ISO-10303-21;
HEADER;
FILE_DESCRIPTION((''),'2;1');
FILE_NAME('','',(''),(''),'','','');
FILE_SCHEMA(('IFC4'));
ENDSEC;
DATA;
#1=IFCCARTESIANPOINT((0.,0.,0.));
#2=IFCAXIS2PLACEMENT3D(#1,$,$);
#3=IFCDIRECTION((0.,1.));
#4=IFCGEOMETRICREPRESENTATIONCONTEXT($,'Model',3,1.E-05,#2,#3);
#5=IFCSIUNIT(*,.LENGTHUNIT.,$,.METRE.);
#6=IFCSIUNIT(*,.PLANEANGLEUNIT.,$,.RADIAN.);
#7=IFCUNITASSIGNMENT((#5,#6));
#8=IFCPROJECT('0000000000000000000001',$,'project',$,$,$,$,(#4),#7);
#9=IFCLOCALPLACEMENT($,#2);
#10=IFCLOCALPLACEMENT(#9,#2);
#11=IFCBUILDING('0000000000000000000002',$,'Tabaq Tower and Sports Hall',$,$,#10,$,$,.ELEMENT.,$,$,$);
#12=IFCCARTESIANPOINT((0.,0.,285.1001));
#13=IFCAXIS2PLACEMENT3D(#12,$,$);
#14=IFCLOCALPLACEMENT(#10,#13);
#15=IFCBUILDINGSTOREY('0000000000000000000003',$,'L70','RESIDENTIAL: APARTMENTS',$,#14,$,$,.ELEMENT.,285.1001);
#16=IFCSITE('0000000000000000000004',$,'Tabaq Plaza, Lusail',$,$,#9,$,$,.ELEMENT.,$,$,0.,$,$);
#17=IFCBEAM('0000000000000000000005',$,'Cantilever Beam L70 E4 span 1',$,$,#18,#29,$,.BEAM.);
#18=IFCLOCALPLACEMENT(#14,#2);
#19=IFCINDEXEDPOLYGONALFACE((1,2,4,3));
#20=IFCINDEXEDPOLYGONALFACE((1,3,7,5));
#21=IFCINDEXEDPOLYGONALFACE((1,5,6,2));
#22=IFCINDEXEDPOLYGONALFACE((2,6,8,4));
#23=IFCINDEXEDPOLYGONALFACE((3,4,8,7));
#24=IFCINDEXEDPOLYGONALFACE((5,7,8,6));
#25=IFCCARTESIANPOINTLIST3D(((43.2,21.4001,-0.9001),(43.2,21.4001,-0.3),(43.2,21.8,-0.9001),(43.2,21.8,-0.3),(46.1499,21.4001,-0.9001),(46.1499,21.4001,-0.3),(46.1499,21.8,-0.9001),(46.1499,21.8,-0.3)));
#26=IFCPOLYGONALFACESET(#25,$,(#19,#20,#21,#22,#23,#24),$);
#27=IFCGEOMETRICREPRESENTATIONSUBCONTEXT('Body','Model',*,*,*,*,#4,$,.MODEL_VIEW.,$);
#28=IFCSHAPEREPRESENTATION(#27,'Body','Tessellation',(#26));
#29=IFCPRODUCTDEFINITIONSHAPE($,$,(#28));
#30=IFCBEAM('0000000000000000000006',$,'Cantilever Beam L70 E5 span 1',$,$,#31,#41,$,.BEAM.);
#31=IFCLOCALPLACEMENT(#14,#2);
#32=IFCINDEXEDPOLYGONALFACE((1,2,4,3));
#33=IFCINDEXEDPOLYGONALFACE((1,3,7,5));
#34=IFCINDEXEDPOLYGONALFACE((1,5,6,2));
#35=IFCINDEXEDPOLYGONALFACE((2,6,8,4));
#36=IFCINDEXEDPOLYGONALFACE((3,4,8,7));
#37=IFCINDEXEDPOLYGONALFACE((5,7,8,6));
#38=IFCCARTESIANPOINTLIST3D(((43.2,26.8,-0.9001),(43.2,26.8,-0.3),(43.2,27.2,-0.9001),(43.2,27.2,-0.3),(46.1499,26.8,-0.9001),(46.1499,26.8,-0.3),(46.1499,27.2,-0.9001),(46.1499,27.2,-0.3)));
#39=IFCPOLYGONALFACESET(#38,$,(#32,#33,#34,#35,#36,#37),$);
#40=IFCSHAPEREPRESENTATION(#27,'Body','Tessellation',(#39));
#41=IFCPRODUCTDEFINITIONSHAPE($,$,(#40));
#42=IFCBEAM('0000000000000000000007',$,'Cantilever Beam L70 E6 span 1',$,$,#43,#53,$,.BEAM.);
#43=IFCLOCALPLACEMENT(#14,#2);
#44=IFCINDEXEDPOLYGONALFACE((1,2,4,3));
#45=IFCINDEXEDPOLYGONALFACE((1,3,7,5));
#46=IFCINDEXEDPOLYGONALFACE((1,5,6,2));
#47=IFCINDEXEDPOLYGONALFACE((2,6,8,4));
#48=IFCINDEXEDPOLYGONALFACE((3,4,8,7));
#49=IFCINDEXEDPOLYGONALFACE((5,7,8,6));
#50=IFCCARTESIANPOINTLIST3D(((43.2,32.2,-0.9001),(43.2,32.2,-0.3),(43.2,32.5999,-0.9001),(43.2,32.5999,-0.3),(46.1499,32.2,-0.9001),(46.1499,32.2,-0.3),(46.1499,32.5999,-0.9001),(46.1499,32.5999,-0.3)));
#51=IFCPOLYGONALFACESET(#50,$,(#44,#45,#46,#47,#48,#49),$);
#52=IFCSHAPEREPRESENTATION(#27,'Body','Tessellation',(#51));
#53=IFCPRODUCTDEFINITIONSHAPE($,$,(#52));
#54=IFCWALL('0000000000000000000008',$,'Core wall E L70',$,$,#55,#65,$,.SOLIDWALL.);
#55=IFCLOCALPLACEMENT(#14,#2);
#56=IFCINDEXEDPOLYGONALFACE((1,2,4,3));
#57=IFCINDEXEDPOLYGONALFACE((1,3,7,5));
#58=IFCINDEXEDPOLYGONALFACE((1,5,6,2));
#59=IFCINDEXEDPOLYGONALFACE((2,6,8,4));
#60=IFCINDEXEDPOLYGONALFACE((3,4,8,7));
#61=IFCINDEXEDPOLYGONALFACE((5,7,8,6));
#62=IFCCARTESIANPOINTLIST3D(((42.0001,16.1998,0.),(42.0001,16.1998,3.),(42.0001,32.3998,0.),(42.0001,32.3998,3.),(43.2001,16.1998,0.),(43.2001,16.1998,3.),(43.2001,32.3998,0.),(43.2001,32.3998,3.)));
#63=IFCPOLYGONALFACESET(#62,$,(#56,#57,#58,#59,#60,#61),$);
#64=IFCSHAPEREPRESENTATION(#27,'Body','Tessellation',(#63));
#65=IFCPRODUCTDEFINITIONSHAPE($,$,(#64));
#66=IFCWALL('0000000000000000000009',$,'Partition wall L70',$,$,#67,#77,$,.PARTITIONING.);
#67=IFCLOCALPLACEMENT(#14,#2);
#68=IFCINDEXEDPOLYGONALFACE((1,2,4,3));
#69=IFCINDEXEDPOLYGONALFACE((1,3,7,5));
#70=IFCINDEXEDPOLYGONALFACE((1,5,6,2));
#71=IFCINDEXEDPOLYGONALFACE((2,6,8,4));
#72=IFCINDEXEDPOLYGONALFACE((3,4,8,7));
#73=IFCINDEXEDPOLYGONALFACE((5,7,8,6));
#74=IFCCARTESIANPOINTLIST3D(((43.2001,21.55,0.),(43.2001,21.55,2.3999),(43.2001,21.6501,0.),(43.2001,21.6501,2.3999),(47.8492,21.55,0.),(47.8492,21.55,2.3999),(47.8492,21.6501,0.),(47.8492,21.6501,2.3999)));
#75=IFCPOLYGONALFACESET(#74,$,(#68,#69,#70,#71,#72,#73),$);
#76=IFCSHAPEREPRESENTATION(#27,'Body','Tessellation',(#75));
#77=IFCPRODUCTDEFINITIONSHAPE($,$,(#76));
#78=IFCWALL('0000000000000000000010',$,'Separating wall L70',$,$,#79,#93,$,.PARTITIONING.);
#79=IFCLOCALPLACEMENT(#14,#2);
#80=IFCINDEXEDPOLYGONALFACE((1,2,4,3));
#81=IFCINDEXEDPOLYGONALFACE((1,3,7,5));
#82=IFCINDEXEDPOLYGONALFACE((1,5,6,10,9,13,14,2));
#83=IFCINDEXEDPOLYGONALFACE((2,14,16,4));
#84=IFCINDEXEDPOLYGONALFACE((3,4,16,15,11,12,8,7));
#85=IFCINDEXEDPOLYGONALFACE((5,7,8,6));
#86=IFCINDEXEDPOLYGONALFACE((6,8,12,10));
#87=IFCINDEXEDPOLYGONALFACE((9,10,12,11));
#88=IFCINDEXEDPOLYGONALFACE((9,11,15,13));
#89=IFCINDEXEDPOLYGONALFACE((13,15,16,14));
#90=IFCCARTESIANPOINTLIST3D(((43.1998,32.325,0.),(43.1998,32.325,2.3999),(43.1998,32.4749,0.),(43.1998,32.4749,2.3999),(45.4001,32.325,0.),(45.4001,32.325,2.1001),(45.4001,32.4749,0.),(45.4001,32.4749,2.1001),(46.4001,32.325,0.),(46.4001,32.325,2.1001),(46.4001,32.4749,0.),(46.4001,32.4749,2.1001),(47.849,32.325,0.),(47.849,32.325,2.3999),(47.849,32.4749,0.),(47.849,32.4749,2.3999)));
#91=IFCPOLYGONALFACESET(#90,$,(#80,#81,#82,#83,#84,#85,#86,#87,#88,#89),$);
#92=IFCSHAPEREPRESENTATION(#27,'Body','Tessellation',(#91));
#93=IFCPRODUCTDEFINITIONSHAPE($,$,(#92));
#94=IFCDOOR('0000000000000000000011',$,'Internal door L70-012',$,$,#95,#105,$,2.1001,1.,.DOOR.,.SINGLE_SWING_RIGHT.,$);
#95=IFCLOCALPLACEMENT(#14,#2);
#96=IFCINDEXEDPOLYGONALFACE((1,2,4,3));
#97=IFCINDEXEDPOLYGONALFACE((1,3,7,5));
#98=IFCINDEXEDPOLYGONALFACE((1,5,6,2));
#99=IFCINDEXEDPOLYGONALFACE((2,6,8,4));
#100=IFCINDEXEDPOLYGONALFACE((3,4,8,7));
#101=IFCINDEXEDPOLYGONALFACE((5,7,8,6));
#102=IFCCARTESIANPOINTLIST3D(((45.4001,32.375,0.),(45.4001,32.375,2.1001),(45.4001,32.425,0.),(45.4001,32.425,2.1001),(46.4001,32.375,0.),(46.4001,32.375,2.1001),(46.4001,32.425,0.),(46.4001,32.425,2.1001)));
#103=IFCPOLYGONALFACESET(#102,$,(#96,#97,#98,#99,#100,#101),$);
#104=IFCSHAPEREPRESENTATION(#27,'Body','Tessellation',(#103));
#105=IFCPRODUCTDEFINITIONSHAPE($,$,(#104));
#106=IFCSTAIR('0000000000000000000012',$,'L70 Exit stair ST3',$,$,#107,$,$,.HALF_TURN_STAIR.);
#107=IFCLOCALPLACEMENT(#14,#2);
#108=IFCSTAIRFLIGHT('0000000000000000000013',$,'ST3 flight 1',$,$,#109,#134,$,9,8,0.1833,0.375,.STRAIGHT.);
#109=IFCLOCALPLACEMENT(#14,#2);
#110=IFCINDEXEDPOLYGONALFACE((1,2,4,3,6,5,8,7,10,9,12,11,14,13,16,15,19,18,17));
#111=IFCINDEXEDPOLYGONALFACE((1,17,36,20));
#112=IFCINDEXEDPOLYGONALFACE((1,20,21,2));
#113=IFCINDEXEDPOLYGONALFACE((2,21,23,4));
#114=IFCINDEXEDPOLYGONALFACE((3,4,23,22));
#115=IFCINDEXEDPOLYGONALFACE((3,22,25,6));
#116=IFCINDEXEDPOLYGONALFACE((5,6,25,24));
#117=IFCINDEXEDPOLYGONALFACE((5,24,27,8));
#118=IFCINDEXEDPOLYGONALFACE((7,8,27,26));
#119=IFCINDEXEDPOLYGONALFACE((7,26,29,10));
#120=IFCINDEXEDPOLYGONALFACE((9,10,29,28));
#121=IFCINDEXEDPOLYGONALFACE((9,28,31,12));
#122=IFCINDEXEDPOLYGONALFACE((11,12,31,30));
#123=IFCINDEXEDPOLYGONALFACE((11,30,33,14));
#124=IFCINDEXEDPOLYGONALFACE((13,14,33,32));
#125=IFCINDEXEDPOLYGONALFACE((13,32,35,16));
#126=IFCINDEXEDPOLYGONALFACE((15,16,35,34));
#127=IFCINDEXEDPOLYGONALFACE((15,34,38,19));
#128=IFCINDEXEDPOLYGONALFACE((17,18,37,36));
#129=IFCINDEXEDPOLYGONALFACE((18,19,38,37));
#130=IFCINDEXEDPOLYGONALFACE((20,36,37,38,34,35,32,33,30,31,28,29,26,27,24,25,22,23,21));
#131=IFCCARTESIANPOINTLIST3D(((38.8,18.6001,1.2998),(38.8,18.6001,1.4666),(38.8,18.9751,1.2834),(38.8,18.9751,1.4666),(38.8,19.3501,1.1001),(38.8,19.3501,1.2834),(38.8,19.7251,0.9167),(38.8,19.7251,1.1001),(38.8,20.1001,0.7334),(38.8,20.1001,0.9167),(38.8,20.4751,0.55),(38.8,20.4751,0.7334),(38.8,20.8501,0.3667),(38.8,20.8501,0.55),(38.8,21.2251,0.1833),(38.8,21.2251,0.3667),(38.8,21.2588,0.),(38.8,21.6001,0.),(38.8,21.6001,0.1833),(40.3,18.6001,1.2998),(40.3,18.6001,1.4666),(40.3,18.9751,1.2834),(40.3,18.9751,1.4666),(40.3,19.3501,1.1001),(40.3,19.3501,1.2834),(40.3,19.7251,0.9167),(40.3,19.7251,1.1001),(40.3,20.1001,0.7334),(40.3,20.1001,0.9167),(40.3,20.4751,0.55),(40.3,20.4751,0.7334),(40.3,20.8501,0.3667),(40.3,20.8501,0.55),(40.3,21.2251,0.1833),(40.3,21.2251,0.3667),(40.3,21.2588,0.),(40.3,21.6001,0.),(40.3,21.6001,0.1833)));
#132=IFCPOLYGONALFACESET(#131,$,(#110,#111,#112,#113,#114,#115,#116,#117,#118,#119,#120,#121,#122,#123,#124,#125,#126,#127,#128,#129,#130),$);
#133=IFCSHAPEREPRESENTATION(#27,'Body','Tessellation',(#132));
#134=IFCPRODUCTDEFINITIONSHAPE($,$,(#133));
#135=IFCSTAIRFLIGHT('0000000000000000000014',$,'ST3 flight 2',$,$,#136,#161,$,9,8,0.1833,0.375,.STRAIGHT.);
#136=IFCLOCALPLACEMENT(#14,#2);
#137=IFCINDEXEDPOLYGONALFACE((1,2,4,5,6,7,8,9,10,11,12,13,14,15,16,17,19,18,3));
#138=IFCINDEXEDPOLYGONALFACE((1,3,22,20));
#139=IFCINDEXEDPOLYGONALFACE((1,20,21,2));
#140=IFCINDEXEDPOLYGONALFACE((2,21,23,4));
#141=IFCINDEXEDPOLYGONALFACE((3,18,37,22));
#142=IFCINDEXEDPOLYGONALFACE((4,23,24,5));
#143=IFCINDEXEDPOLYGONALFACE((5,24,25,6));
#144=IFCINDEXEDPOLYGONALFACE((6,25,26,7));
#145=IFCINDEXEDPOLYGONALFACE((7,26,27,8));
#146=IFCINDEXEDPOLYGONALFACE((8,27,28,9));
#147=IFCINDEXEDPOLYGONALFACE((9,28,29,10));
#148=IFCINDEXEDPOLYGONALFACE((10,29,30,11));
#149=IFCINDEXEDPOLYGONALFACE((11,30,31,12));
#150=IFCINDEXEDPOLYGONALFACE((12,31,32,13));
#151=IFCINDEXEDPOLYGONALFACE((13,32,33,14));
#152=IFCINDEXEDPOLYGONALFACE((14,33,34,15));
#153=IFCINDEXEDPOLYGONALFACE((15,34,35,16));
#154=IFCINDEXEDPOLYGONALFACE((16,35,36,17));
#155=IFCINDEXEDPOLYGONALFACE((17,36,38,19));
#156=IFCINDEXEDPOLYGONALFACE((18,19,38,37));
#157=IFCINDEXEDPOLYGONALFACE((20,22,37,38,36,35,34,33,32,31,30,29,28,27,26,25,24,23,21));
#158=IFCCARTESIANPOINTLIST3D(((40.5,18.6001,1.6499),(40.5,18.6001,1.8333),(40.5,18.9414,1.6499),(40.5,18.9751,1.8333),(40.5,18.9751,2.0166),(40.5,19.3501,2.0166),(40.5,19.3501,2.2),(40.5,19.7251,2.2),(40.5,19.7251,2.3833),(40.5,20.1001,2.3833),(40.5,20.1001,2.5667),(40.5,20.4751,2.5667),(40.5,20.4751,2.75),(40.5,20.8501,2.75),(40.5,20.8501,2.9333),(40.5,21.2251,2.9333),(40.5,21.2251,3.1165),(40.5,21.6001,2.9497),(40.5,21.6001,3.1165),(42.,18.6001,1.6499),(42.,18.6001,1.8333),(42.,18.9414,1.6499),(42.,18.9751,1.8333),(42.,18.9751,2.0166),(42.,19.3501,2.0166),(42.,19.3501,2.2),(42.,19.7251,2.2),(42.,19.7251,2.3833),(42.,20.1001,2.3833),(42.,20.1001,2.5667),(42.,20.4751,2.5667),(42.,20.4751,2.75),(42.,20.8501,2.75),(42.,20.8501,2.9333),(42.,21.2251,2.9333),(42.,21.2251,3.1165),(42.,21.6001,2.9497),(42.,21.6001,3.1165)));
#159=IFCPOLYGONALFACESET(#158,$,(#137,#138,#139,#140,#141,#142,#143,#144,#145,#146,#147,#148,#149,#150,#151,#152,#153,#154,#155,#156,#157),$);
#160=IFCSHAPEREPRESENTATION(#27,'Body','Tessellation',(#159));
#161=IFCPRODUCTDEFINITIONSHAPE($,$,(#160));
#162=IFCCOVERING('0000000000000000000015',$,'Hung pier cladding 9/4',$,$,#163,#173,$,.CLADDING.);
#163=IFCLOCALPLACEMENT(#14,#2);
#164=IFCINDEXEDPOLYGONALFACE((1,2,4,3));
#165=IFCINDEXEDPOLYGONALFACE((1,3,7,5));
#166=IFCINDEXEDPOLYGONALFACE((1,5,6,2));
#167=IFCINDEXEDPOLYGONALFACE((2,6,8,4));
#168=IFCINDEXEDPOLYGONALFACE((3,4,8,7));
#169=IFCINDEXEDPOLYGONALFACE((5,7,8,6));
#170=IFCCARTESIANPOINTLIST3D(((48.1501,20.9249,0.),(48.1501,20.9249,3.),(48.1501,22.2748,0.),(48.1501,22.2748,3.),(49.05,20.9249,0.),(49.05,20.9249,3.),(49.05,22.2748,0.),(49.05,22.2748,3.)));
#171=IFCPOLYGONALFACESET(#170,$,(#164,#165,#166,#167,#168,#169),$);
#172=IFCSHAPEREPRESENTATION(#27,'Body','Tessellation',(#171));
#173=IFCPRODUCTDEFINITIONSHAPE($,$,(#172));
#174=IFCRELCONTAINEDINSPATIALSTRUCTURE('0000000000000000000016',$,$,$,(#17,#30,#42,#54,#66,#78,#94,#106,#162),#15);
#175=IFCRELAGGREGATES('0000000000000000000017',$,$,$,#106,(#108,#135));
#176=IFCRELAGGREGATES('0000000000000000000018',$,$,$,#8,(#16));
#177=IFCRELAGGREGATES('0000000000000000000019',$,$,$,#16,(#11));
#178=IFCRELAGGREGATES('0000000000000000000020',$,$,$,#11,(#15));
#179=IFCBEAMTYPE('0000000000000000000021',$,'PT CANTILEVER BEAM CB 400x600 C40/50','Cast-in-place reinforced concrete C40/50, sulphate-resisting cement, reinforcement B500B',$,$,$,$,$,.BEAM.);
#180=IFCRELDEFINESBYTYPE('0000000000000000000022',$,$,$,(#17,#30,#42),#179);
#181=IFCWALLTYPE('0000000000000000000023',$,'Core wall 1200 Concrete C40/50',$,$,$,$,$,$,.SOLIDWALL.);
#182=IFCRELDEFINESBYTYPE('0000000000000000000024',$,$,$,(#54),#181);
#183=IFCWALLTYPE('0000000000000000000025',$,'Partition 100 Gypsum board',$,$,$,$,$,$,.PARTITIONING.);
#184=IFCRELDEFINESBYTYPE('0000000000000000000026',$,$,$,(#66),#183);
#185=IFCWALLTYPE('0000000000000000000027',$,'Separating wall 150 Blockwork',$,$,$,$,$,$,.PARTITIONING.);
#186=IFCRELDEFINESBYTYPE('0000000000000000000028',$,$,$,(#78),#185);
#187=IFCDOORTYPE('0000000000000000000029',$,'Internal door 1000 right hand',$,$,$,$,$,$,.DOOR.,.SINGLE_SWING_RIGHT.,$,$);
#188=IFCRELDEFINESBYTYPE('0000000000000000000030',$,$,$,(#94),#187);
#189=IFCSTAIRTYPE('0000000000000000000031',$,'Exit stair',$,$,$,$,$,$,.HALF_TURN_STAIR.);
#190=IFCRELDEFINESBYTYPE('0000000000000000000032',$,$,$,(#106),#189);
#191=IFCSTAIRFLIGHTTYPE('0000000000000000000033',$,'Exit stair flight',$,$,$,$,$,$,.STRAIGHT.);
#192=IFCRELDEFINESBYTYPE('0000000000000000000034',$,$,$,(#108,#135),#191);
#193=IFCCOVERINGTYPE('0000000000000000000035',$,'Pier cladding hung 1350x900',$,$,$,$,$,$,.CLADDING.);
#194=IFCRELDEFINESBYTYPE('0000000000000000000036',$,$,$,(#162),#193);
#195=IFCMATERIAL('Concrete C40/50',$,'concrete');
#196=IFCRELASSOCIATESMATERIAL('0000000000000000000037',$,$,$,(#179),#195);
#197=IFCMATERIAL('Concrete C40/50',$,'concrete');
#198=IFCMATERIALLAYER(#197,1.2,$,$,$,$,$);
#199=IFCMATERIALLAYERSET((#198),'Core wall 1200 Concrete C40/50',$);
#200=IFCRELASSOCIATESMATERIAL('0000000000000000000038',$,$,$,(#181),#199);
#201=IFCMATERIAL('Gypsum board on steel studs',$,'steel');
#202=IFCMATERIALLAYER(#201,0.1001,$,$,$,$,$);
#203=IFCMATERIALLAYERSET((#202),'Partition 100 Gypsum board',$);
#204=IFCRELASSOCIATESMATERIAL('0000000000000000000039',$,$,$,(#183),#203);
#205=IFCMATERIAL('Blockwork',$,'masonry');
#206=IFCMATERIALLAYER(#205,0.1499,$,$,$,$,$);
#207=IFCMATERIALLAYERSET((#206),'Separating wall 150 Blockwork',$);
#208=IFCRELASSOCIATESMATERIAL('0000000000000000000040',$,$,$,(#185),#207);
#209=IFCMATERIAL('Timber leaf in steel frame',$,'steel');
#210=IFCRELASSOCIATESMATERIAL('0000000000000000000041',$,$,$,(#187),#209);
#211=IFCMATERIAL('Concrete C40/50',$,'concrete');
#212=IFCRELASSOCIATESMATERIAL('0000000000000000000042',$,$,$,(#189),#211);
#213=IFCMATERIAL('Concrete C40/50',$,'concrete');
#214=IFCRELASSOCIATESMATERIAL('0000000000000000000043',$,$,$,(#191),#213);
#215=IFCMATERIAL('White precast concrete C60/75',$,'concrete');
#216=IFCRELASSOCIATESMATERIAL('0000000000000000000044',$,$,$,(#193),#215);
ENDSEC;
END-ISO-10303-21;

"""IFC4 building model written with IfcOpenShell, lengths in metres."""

from ifc_helpers import new_model, si_unit, direction, frame, frame_2d, origin, origin_2d, place, context, subcontext, project, spatial, polyline, rectangle, outline, extrude, material, layer, layer_set, material_profile, profile_set, type_object, element, fill, aggregate, save


model = new_model("IFC4")

# Units and contexts
model_context = context("Model", 3, precision=1e-05, world=origin(), true_north=direction((0.0, 1.0)))
body_context = subcontext(model_context, "Body", "Model", "MODEL_VIEW")
ifc_project = project(units=[si_unit("LENGTHUNIT", "METRE"), si_unit("PLANEANGLEUNIT", "RADIAN")], contexts=[model_context])

# Site, building, storey
site_placement = place(None, origin())
site = spatial("IfcSite", under=ifc_project, at=site_placement, Name="Tabaq Plaza, Lusail", CompositionType="ELEMENT", RefElevation=0.0)
building_placement = place(site_placement, origin())
building = spatial("IfcBuilding", under=site, at=building_placement, Name="Tabaq Tower and Sports Hall", CompositionType="ELEMENT")
storey_placement = place(building_placement, frame((0.0, 0.0, 285.1001)))
storey = spatial("IfcBuildingStorey", under=building, at=storey_placement, Name="L70", Description="RESIDENTIAL: APARTMENTS", CompositionType="ELEMENT", Elevation=285.1001)

# Beams
ifc_material_1 = material(Name="Concrete C40/50", Category="concrete")
ifc_material_profile = material_profile(ifc_material_1, rectangle(XDim=0.3999, YDim=0.6001, at=origin_2d()), Name="CB 400x600")
ifc_profile_set = profile_set([ifc_material_profile], Name="Concrete C40/50")
beam_type = type_object("IfcBeamType", Name="PT CANTILEVER BEAM CB 400x600 C40/50", Description="Cast-in-place reinforced concrete C40/50, sulphate-resisting cement, reinforcement B500B", PredefinedType="BEAM", material=ifc_profile_set)
for number, where, z_axis, x_axis, name in (
    (1, (46.1499, 21.6001, -0.6001), (-1.0, 0.0, 0.0), (0.0, -1.0, 0.0), "Cantilever Beam L70 E4 span 1"),
    (2, (46.1499, 27.0, -0.6001), (-1.0, 0.0, 0.0), (0.0, -1.0, 0.0), "Cantilever Beam L70 E5 span 1"),
    (3, (46.1499, 32.3999, -0.6001), (-1.0, 0.0, 0.0), (0.0, -1.0, 0.0), "Cantilever Beam L70 E6 span 1"),
):
    element("IfcBeam", number, at=place(storey_placement, frame(where, z_axis=z_axis, x_axis=x_axis)), inside=storey, type_object=beam_type, Name=name, PredefinedType="BEAM", context=body_context, shape_type="SweptSolid", body=[
        extrude(rectangle(XDim=0.3999, YDim=0.6001, at=origin_2d()), origin(), (0.0, 0.0, 1.0), 2.95),
    ])

# Walls
ifc_material_2 = material(Name="Concrete C40/50", Category="concrete")
ifc_layer_1 = layer(ifc_material_2, 1.2)
ifc_layer_set_1 = layer_set([ifc_layer_1], Name="Core wall 1200 Concrete C40/50")
wall_type_1 = type_object("IfcWallType", Name="Core wall 1200 Concrete C40/50", PredefinedType="SOLIDWALL", material=ifc_layer_set_1)
wall_1_placement = place(storey_placement, frame((42.6001, 32.3999, 0.0), z_axis=(0.0, 0.0, 1.0), x_axis=(0.0, -1.0, 0.0)))
element("IfcWall", 4, at=wall_1_placement, inside=storey, type_object=wall_type_1, Name="Core wall E L70", PredefinedType="SOLIDWALL", context=body_context, shape_type="SweptSolid", body=[
    extrude(rectangle(XDim=16.2, YDim=1.2, at=frame_2d((8.1001, 0.0))), origin(), (0.0, 0.0, 1.0), 3.0),
])
ifc_material_3 = material(Name="Gypsum board on steel studs", Category="steel")
ifc_layer_2 = layer(ifc_material_3, 0.1001)
ifc_layer_set_2 = layer_set([ifc_layer_2], Name="Partition 100 Gypsum board")
wall_type_2 = type_object("IfcWallType", Name="Partition 100 Gypsum board", PredefinedType="PARTITIONING", material=ifc_layer_set_2)
wall_2_placement = place(storey_placement, frame((43.2, 21.6001, 0.0), z_axis=(0.0, 0.0, 1.0), x_axis=(1.0, 0.0, 0.0)))
element("IfcWall", 5, at=wall_2_placement, inside=storey, type_object=wall_type_2, Name="Partition wall L70", PredefinedType="PARTITIONING", context=body_context, shape_type="SweptSolid", body=[
    extrude(rectangle(XDim=4.6492, YDim=0.1001, at=frame_2d((2.3247, 0.0))), origin(), (0.0, 0.0, 1.0), 2.3999),
])

# Wall, opening, door
ifc_material_4 = material(Name="Blockwork", Category="masonry")
ifc_layer_3 = layer(ifc_material_4, 0.1499)
ifc_layer_set_3 = layer_set([ifc_layer_3], Name="Separating wall 150 Blockwork")
wall_type_3 = type_object("IfcWallType", Name="Separating wall 150 Blockwork", PredefinedType="PARTITIONING", material=ifc_layer_set_3)
wall_3_placement = place(storey_placement, frame((47.8491, 32.3999, 0.0), z_axis=(0.0, 0.0, 1.0), x_axis=(-1.0, 0.0, 0.0)))
wall_3 = element("IfcWall", 6, at=wall_3_placement, inside=storey, type_object=wall_type_3, Name="Separating wall L70", PredefinedType="PARTITIONING", context=body_context, shape_type="SweptSolid", body=[
    extrude(rectangle(XDim=4.6492, YDim=0.1499, at=frame_2d((2.3247, 0.0))), origin(), (0.0, 0.0, 1.0), 2.3999),
])
opening_placement = place(wall_3_placement, frame((1.449, 0.0, 0.0)))
opening = element("IfcOpeningElement", 7, at=opening_placement, cuts=wall_3, PredefinedType="OPENING", context=body_context, shape_type="SweptSolid", body=[
    extrude(rectangle(XDim=1.0, YDim=2.1001, at=frame_2d((0.5, 1.05))), frame((0.0, 0.075, 0.0), z_axis=(0.0, -1.0, 0.0), x_axis=(1.0, 0.0, 0.0)), (0.0, 0.0, 1.0), 0.1499),
])
ifc_material_5 = material(Name="Timber leaf in steel frame", Category="steel")
door_type = type_object("IfcDoorType", Name="Internal door 1000 right hand", OperationType="SINGLE_SWING_RIGHT", PredefinedType="DOOR", material=ifc_material_5)
door_placement = place(opening_placement, origin())
door = element("IfcDoor", 8, at=door_placement, inside=storey, type_object=door_type, Name="Internal door L70-012", OperationType="SINGLE_SWING_RIGHT", OverallHeight=2.1001, OverallWidth=1.0, PredefinedType="DOOR", context=body_context, shape_type="SweptSolid", body=[
    extrude(rectangle(XDim=1.0, YDim=2.1001, at=frame_2d((0.5, 1.05))), frame((0.0, 0.0249, 0.0), z_axis=(0.0, -1.0, 0.0), x_axis=(1.0, 0.0, 0.0)), (0.0, 0.0, 1.0), 0.05),
])
fill(opening, door)

# Stair, stair flights
ifc_material_6 = material(Name="Concrete C40/50", Category="concrete")
stair_type = type_object("IfcStairType", Name="Exit stair", PredefinedType="HALF_TURN_STAIR", material=ifc_material_6)
stair_placement = place(storey_placement, origin())
stair = element("IfcStair", 9, at=stair_placement, inside=storey, type_object=stair_type, Name="L70 Exit stair ST3", PredefinedType="HALF_TURN_STAIR")
ifc_material_7 = material(Name="Concrete C40/50", Category="concrete")
stair_flight_type = type_object("IfcStairFlightType", Name="Exit stair flight", PredefinedType="STRAIGHT", material=ifc_material_7)
stair_flight_1_placement = place(storey_placement, frame((39.55, 21.6001, 0.0), z_axis=(0.0, 0.0, 1.0), x_axis=(0.0, -1.0, 0.0)))
stair_flight_1 = element("IfcStairFlight", 10, at=stair_flight_1_placement, type_object=stair_flight_type, Name="ST3 flight 1", NumberOfRisers=9, NumberOfTreads=8, PredefinedType="STRAIGHT", RiserHeight=0.1833, TreadLength=0.375, context=body_context, shape_type="SweptSolid", body=[
    extrude(outline(polyline([(0.0, 0.0), (0.0, 0.1833), (0.375, 0.1833), (0.375, 0.3667), (0.75, 0.3667), (0.75, 0.55), (1.125, 0.55), (1.125, 0.7334), (1.5, 0.7334), (1.5, 0.9167), (1.875, 0.9167), (1.875, 1.1001), (2.25, 1.1001), (2.25, 1.2834), (2.625, 1.2834), (2.625, 1.4666), (3.0, 1.4666), (3.0, 1.6499), (3.0, 1.2998), (0.3413, 0.0), (0.0, 0.0)])), frame((0.0, 0.75, 0.0), z_axis=(0.0, -1.0, 0.0), x_axis=(1.0, 0.0, 0.0)), (0.0, 0.0, 1.0), 1.5),
])
stair_flight_2_placement = place(storey_placement, frame((41.25, 18.6001, 1.6499), z_axis=(0.0, 0.0, 1.0), x_axis=(0.0, 1.0, 0.0)))
stair_flight_2 = element("IfcStairFlight", 11, at=stair_flight_2_placement, type_object=stair_flight_type, Name="ST3 flight 2", NumberOfRisers=9, NumberOfTreads=8, PredefinedType="STRAIGHT", RiserHeight=0.1833, TreadLength=0.375, context=body_context, shape_type="SweptSolid", body=[
    extrude(outline(polyline([(0.0, 0.0), (0.0, 0.1833), (0.375, 0.1833), (0.375, 0.3667), (0.75, 0.3667), (0.75, 0.55), (1.125, 0.55), (1.125, 0.7334), (1.5, 0.7334), (1.5, 0.9167), (1.875, 0.9167), (1.875, 1.1001), (2.25, 1.1001), (2.25, 1.2834), (2.625, 1.2834), (2.625, 1.4666), (3.0, 1.4666), (3.0, 1.6499), (3.0, 1.2998), (0.3413, 0.0), (0.0, 0.0)])), frame((0.0, 0.75, 0.0), z_axis=(0.0, -1.0, 0.0), x_axis=(1.0, 0.0, 0.0)), (0.0, 0.0, 1.0), 1.5),
])
aggregate(stair, [stair_flight_1, stair_flight_2])

# Covering
ifc_material_8 = material(Name="White precast concrete C60/75", Category="concrete")
covering_type_1 = type_object("IfcCoveringType", Name="Pier cladding hung 1350x900", PredefinedType="CLADDING", material=ifc_material_8)
covering_1_placement = place(storey_placement, frame((48.6001, 20.925, 0.0), z_axis=(0.0, 0.0, 1.0), x_axis=(0.0, 1.0, 0.0)))
element("IfcCovering", 12, at=covering_1_placement, inside=storey, type_object=covering_type_1, Name="Hung pier cladding 9/4", PredefinedType="CLADDING", context=body_context, shape_type="SweptSolid", body=[
    extrude(rectangle(XDim=1.3499, YDim=0.8999, at=frame_2d((0.6748, 0.0))), origin(), (0.0, 0.0, 1.0), 3.0),
])

save(model, "model.ifc")
